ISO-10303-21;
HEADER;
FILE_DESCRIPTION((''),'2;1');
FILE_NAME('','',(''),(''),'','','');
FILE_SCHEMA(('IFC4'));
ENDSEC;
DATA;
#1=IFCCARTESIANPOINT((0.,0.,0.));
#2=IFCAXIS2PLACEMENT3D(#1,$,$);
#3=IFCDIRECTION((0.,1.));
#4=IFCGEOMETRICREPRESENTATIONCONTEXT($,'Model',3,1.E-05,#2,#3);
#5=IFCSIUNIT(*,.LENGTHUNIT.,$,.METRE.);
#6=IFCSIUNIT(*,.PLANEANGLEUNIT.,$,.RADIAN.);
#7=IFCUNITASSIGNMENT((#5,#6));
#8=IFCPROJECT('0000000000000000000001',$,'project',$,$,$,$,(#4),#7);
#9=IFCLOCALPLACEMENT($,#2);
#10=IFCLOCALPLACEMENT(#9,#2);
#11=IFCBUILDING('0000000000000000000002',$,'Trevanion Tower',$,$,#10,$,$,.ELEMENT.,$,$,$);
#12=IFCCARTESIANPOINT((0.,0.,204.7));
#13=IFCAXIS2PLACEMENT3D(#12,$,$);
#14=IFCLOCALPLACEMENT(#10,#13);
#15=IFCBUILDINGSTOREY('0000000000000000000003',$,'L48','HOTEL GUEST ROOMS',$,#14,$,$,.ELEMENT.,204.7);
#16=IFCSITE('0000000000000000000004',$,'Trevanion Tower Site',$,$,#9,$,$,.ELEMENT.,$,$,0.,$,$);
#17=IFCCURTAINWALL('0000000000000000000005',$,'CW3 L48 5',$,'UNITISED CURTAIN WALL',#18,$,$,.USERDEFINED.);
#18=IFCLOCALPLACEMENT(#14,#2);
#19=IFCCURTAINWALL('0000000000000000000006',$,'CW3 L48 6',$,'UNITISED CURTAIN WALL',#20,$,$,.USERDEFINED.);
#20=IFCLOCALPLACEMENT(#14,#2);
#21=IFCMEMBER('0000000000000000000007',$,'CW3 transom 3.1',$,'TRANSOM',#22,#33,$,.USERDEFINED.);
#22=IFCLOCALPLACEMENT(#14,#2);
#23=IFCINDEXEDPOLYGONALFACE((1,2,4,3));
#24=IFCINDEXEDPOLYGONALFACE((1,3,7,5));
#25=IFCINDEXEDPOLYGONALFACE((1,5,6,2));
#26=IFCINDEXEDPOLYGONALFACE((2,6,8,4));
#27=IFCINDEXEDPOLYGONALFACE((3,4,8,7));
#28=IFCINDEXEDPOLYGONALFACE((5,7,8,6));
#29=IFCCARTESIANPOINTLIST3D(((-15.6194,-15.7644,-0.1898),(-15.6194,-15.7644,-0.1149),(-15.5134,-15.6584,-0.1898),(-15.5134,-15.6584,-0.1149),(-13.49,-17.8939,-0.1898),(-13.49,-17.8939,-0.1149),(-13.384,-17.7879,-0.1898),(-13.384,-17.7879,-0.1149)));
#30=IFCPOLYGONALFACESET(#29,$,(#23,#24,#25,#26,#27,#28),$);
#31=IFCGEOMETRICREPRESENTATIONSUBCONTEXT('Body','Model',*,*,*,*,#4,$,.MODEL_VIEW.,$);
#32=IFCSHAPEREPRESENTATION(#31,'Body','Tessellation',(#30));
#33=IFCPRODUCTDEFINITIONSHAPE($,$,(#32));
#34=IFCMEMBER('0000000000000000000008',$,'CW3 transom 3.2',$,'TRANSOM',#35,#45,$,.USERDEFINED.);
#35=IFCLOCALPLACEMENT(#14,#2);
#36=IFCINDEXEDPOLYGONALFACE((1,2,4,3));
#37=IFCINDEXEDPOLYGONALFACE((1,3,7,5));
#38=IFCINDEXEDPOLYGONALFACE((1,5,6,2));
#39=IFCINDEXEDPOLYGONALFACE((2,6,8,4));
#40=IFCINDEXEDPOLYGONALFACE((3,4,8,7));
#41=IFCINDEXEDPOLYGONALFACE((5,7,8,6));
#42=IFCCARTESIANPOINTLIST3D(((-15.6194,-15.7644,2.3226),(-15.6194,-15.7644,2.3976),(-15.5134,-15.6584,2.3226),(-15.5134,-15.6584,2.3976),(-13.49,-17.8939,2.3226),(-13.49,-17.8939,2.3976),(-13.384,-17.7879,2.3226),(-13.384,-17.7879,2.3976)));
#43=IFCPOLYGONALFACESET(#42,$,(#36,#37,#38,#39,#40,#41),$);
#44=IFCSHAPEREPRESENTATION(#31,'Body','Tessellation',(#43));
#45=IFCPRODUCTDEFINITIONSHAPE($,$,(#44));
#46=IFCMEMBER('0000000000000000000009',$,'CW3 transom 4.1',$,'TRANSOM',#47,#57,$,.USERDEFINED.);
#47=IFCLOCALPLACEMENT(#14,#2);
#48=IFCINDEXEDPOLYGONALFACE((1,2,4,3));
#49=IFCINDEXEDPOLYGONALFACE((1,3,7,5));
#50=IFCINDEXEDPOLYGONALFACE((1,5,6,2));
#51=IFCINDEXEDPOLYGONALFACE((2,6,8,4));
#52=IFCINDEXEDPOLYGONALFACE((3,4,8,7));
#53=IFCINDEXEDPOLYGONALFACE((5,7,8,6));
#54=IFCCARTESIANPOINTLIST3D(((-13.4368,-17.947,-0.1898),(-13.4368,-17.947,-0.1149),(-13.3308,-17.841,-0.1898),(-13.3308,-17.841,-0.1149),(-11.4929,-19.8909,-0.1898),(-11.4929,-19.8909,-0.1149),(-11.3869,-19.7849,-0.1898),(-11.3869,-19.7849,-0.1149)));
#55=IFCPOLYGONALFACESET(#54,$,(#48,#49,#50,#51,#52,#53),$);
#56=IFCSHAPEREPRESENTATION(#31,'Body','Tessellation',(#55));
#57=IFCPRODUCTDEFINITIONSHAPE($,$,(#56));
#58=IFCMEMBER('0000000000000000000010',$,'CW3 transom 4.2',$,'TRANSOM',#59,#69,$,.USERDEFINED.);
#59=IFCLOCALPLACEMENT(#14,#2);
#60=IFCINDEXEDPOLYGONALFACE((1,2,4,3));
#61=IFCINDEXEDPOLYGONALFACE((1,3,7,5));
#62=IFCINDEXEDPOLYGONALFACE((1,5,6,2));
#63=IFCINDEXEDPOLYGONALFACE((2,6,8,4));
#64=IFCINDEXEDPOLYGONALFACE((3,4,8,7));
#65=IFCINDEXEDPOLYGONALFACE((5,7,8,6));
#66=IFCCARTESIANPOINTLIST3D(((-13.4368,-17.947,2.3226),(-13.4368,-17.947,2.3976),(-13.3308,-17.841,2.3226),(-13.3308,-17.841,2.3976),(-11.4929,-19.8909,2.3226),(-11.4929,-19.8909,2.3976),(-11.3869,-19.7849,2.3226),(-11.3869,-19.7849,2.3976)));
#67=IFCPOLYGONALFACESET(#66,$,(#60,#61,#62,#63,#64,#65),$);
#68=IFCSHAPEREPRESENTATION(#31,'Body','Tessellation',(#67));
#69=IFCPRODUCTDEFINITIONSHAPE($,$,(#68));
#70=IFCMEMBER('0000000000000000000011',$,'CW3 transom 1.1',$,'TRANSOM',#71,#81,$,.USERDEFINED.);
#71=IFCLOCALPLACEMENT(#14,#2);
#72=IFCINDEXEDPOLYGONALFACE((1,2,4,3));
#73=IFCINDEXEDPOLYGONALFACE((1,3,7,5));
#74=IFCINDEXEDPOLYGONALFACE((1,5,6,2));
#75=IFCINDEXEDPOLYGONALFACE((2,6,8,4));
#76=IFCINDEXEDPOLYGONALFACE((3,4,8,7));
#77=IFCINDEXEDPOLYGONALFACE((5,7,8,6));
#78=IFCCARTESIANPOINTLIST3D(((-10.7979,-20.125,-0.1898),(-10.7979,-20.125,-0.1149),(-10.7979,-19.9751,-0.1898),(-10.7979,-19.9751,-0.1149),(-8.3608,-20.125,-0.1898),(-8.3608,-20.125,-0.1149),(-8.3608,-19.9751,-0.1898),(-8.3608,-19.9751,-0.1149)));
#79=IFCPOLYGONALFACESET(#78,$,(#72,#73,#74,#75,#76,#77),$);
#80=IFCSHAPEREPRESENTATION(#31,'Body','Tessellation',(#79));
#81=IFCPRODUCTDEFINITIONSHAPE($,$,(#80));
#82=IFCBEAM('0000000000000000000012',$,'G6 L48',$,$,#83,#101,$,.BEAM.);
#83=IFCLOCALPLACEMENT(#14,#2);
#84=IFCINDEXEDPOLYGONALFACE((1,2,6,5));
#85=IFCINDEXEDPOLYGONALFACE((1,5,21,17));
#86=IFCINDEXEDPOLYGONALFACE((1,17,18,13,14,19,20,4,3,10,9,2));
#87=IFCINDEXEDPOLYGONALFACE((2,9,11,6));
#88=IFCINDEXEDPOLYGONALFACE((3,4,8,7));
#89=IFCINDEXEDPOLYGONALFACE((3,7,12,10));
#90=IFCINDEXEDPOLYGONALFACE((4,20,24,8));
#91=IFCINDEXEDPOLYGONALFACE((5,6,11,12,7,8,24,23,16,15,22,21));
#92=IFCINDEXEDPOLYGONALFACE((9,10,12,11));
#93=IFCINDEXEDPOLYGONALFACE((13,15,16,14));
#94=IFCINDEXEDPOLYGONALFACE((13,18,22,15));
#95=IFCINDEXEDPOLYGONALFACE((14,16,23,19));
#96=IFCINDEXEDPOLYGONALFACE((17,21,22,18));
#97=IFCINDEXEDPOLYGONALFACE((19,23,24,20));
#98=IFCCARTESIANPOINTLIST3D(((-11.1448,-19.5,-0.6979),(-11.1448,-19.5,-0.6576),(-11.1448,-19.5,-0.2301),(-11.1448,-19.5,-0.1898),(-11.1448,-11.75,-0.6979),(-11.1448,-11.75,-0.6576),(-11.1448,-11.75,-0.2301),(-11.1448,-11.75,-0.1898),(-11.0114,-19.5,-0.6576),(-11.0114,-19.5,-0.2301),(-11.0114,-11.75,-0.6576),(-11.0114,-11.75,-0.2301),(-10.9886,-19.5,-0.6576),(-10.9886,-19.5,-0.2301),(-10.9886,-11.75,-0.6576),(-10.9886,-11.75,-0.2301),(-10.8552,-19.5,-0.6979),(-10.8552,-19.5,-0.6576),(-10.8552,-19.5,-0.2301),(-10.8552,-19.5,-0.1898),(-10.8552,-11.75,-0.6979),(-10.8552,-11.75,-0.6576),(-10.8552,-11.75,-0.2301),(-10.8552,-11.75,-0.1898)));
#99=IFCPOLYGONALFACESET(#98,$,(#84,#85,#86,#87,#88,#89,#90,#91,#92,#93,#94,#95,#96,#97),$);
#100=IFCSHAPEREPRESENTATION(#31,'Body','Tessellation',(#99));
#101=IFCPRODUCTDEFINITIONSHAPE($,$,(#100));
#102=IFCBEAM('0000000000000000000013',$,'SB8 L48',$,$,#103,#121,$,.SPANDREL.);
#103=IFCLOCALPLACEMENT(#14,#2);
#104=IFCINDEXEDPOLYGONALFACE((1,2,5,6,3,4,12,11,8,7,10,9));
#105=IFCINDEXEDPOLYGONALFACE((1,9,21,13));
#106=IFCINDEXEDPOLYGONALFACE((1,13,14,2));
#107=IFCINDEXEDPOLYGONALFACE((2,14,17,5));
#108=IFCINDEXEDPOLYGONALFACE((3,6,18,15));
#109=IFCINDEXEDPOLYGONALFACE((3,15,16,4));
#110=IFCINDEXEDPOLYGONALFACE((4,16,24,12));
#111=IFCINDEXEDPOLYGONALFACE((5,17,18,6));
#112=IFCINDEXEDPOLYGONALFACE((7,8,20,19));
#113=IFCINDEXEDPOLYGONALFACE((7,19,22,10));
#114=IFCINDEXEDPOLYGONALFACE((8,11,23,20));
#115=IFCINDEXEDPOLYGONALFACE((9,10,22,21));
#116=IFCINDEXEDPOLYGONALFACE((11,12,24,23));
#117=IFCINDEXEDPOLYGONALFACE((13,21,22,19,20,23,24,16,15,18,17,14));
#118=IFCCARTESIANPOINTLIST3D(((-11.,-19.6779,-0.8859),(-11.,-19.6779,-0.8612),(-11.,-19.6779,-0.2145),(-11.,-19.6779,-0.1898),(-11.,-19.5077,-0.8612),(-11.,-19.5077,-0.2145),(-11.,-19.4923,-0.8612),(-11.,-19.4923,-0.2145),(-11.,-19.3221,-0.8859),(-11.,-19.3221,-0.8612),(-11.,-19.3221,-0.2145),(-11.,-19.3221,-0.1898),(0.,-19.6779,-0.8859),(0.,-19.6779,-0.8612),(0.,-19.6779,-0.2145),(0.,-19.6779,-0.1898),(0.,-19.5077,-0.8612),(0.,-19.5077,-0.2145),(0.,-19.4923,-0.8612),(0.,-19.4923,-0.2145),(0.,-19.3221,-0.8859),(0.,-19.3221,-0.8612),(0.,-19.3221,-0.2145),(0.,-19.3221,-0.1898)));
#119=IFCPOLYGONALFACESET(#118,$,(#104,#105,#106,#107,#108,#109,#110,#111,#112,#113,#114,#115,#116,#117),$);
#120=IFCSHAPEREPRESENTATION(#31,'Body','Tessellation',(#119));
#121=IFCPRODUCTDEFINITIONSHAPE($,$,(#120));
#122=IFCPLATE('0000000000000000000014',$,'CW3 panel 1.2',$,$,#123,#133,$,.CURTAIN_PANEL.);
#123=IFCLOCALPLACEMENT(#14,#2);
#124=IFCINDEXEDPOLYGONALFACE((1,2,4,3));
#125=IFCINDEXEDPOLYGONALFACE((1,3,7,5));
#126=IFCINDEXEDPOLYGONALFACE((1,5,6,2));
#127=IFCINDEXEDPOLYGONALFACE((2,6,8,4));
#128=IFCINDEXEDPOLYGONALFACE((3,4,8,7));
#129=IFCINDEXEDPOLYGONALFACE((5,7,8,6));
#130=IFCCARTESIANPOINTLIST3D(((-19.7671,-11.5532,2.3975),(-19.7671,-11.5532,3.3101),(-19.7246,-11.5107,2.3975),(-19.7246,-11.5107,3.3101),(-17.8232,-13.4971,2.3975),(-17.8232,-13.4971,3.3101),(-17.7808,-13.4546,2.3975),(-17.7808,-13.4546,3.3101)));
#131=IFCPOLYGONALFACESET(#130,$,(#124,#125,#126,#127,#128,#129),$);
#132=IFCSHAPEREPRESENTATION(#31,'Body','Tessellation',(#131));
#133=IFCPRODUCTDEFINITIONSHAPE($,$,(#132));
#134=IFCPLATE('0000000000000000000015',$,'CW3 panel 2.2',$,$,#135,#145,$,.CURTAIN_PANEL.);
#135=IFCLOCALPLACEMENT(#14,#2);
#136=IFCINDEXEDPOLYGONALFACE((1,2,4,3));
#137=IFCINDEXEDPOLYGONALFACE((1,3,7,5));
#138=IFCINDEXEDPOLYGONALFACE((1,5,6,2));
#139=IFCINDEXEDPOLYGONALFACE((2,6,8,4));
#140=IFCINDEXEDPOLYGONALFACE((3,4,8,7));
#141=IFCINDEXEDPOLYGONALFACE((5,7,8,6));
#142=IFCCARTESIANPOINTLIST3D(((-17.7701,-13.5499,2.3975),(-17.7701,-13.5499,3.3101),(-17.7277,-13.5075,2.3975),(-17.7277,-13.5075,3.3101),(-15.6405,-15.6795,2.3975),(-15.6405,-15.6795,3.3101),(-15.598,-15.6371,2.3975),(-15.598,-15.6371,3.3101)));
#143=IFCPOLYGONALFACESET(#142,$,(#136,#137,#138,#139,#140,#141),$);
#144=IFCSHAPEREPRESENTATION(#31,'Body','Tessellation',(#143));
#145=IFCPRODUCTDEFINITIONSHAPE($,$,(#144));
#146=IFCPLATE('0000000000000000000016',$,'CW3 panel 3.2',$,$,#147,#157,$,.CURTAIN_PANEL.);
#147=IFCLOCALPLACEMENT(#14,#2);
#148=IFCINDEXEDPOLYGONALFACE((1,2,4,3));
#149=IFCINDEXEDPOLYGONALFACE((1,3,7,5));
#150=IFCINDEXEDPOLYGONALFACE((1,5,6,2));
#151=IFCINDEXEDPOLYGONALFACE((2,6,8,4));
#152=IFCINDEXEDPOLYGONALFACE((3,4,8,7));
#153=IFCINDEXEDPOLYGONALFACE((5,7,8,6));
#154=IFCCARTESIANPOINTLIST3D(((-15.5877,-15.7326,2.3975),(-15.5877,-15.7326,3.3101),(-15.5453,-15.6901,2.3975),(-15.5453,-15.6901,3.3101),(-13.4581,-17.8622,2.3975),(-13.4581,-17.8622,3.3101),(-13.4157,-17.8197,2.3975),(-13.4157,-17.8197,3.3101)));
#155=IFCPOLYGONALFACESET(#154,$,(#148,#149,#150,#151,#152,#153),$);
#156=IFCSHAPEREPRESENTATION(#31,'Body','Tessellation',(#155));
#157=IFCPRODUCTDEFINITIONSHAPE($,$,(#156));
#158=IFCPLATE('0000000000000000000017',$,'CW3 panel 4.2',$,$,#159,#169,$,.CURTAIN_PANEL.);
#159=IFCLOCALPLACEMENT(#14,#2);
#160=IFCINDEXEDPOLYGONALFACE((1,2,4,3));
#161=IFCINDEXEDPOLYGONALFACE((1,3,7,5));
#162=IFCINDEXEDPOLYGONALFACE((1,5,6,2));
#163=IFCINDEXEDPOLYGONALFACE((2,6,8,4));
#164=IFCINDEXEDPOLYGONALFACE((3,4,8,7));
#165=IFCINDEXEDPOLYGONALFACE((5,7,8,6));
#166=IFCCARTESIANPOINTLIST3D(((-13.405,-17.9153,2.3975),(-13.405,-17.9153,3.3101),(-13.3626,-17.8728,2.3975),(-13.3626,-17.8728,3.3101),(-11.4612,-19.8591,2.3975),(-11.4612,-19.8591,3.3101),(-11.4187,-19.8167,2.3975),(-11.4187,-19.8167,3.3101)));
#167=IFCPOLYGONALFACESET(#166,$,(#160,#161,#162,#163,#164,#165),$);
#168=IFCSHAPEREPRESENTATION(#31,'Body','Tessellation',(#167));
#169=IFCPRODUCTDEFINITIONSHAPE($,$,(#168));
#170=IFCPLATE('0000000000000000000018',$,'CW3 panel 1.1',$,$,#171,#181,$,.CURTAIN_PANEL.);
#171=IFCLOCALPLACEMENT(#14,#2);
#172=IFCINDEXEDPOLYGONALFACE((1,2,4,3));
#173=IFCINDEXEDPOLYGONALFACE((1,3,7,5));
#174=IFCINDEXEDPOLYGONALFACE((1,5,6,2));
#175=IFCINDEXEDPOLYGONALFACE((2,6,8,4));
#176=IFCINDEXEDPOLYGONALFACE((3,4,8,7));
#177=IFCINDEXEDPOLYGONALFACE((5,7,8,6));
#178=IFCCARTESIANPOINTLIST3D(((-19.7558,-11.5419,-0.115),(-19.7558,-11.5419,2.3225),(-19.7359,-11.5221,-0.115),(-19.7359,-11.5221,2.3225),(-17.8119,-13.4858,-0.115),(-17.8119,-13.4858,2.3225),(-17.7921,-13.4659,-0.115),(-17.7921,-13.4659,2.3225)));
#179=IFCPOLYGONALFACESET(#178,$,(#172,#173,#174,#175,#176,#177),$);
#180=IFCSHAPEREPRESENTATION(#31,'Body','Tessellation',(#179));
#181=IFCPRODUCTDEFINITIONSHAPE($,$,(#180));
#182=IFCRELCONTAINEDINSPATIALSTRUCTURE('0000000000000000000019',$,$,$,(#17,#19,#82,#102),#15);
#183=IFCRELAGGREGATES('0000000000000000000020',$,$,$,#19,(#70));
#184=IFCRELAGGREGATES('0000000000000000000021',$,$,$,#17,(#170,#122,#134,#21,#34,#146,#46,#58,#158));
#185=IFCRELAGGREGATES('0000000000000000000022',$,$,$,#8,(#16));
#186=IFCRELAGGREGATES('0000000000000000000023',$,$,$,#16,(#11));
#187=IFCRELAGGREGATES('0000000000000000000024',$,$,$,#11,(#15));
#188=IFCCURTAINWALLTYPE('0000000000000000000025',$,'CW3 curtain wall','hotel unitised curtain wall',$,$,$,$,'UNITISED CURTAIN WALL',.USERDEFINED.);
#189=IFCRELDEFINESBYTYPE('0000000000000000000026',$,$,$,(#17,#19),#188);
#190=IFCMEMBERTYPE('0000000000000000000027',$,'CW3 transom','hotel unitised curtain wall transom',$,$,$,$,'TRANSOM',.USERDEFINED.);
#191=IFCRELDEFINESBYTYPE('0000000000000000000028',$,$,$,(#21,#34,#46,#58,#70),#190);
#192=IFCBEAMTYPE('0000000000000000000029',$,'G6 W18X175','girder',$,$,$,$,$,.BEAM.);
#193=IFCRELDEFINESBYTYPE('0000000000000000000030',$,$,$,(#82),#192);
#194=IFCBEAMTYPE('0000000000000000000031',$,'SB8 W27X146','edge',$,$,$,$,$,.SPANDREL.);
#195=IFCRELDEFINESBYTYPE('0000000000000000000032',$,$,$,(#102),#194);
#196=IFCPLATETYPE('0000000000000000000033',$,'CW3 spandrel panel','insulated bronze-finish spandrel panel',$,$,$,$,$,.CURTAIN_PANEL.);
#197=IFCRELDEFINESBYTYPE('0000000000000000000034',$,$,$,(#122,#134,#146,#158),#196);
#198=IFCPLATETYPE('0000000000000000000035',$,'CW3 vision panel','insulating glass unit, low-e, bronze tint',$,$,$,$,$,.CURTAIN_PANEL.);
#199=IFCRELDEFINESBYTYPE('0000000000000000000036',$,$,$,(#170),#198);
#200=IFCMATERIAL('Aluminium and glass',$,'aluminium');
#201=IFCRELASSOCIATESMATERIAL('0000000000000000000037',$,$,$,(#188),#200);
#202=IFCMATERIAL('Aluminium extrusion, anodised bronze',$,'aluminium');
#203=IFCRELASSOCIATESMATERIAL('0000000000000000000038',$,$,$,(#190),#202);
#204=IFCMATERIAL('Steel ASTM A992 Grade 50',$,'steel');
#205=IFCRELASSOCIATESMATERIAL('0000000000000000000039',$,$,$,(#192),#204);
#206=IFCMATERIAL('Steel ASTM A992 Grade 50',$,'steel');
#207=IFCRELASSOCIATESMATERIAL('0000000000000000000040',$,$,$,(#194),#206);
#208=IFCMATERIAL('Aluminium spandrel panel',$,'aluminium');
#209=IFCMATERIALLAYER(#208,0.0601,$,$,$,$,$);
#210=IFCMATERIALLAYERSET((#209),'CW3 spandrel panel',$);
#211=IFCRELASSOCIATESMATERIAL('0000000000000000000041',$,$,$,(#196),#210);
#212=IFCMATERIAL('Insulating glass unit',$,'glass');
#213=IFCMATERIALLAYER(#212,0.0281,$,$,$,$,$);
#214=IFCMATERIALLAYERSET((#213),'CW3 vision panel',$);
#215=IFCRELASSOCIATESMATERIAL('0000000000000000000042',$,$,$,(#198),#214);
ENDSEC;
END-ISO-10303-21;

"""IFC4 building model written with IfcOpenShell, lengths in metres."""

from ifc_helpers import new_model, si_unit, direction, frame, origin, origin_2d, place, context, subcontext, project, spatial, rectangle, i_section, extrude, material, layer, layer_set, material_profile, profile_set, type_object, element, aggregate, save


model = new_model("IFC4")

# Units and contexts
model_context = context("Model", 3, precision=1e-05, world=origin(), true_north=direction((0.0, 1.0)))
body_context = subcontext(model_context, "Body", "Model", "MODEL_VIEW")
ifc_project = project(units=[si_unit("LENGTHUNIT", "METRE"), si_unit("PLANEANGLEUNIT", "RADIAN")], contexts=[model_context])

# Site, building, storey
site_placement = place(None, origin())
site = spatial("IfcSite", under=ifc_project, at=site_placement, Name="Trevanion Tower Site", CompositionType="ELEMENT", RefElevation=0.0)
building_placement = place(site_placement, origin())
building = spatial("IfcBuilding", under=site, at=building_placement, Name="Trevanion Tower", CompositionType="ELEMENT")
storey_placement = place(building_placement, frame((0.0, 0.0, 204.7)))
storey = spatial("IfcBuildingStorey", under=building, at=storey_placement, Name="L48", Description="HOTEL GUEST ROOMS", CompositionType="ELEMENT", Elevation=204.7)

# Curtain wall
ifc_material_1 = material(Name="Aluminium and glass", Category="aluminium")
curtain_wall_type = type_object("IfcCurtainWallType", Name="CW3 curtain wall", Description="hotel unitised curtain wall", ElementType="UNITISED CURTAIN WALL", PredefinedType="USERDEFINED", material=ifc_material_1)
curtain_wall_1_placement = place(storey_placement, origin())
curtain_wall_1 = element("IfcCurtainWall", 1, at=curtain_wall_1_placement, inside=storey, type_object=curtain_wall_type, Name="CW3 L48 5", ObjectType="UNITISED CURTAIN WALL", PredefinedType="USERDEFINED")

# Curtain wall
curtain_wall_2_placement = place(storey_placement, origin())
curtain_wall_2 = element("IfcCurtainWall", 2, at=curtain_wall_2_placement, inside=storey, type_object=curtain_wall_type, Name="CW3 L48 6", ObjectType="UNITISED CURTAIN WALL", PredefinedType="USERDEFINED")

# Members
ifc_material_2 = material(Name="Aluminium extrusion, anodised bronze", Category="aluminium")
ifc_material_profile_1 = material_profile(ifc_material_2, rectangle(XDim=0.1499, YDim=0.075, at=origin_2d()), Name="CW3 transom")
ifc_profile_set_1 = profile_set([ifc_material_profile_1], Name="Aluminium extrusion, anodised bronze")
member_type_1 = type_object("IfcMemberType", Name="CW3 transom", Description="hotel unitised curtain wall transom", ElementType="TRANSOM", PredefinedType="USERDEFINED", material=ifc_profile_set_1)
member_1_placement = place(storey_placement, frame((-15.5664, -15.7114, -0.1523), z_axis=(0.707107, -0.707107, 0.0), x_axis=(0.707107, 0.707107, 0.0)))
member_1 = element("IfcMember", 3, at=member_1_placement, type_object=member_type_1, Name="CW3 transom 3.1", ObjectType="TRANSOM", PredefinedType="USERDEFINED", context=body_context, shape_type="SweptSolid", body=[
    extrude(rectangle(XDim=0.1499, YDim=0.075, at=origin_2d()), origin(), (0.0, 0.0, 1.0), 3.0115),
])
member_2_placement = place(storey_placement, frame((-15.5664, -15.7114, 2.3601), z_axis=(0.707107, -0.707107, 0.0), x_axis=(0.707107, 0.707107, 0.0)))
member_2 = element("IfcMember", 4, at=member_2_placement, type_object=member_type_1, Name="CW3 transom 3.2", ObjectType="TRANSOM", PredefinedType="USERDEFINED", context=body_context, shape_type="SweptSolid", body=[
    extrude(rectangle(XDim=0.1499, YDim=0.075, at=origin_2d()), origin(), (0.0, 0.0, 1.0), 3.0115),
])
member_3_placement = place(storey_placement, frame((-13.3838, -17.894, -0.1523), z_axis=(0.707107, -0.707107, 0.0), x_axis=(0.707107, 0.707107, 0.0)))
member_3 = element("IfcMember", 5, at=member_3_placement, type_object=member_type_1, Name="CW3 transom 4.1", ObjectType="TRANSOM", PredefinedType="USERDEFINED", context=body_context, shape_type="SweptSolid", body=[
    extrude(rectangle(XDim=0.1499, YDim=0.075, at=origin_2d()), origin(), (0.0, 0.0, 1.0), 2.749),
])
member_4_placement = place(storey_placement, frame((-13.3838, -17.894, 2.3601), z_axis=(0.707107, -0.707107, 0.0), x_axis=(0.707107, 0.707107, 0.0)))
member_4 = element("IfcMember", 6, at=member_4_placement, type_object=member_type_1, Name="CW3 transom 4.2", ObjectType="TRANSOM", PredefinedType="USERDEFINED", context=body_context, shape_type="SweptSolid", body=[
    extrude(rectangle(XDim=0.1499, YDim=0.075, at=origin_2d()), origin(), (0.0, 0.0, 1.0), 2.749),
])
member_5_placement = place(storey_placement, frame((-10.7979, -20.05, -0.1523), z_axis=(1.0, 0.0, 0.0), x_axis=(0.0, 1.0, 0.0)))
member_5 = element("IfcMember", 7, at=member_5_placement, type_object=member_type_1, Name="CW3 transom 1.1", ObjectType="TRANSOM", PredefinedType="USERDEFINED", context=body_context, shape_type="SweptSolid", body=[
    extrude(rectangle(XDim=0.1499, YDim=0.075, at=origin_2d()), origin(), (0.0, 0.0, 1.0), 2.437),
])
aggregate(curtain_wall_2, [member_5])

# Beams
ifc_material_3 = material(Name="Steel ASTM A992 Grade 50", Category="steel")
ifc_material_profile_2 = material_profile(ifc_material_3, i_section(OverallWidth=0.2896, OverallDepth=0.5081, WebThickness=0.0227, FlangeThickness=0.0403, at=origin_2d()), Name="W18X175")
ifc_profile_set_2 = profile_set([ifc_material_profile_2], Name="Steel ASTM A992 Grade 50")
beam_type_1 = type_object("IfcBeamType", Name="G6 W18X175", Description="girder", PredefinedType="BEAM", material=ifc_profile_set_2)
beam_1_placement = place(storey_placement, frame((-11.0, -11.75, -0.4438), z_axis=(0.0, -1.0, 0.0), x_axis=(1.0, 0.0, 0.0)))
element("IfcBeam", 8, at=beam_1_placement, inside=storey, type_object=beam_type_1, Name="G6 L48", PredefinedType="BEAM", context=body_context, shape_type="SweptSolid", body=[
    extrude(i_section(OverallWidth=0.2896, OverallDepth=0.5081, WebThickness=0.0227, FlangeThickness=0.0403, at=origin_2d()), origin(), (0.0, 0.0, 1.0), 7.75),
])
ifc_material_4 = material(Name="Steel ASTM A992 Grade 50", Category="steel")
ifc_material_profile_3 = material_profile(ifc_material_4, i_section(OverallWidth=0.3557, OverallDepth=0.696, WebThickness=0.0154, FlangeThickness=0.0247, at=origin_2d()), Name="W27X146")
ifc_profile_set_3 = profile_set([ifc_material_profile_3], Name="Steel ASTM A992 Grade 50")
beam_type_2 = type_object("IfcBeamType", Name="SB8 W27X146", Description="edge", PredefinedType="SPANDREL", material=ifc_profile_set_3)
beam_2_placement = place(storey_placement, frame((-11.0, -19.5, -0.5378), z_axis=(1.0, 0.0, 0.0), x_axis=(0.0, 1.0, 0.0)))
element("IfcBeam", 9, at=beam_2_placement, inside=storey, type_object=beam_type_2, Name="SB8 L48", PredefinedType="SPANDREL", context=body_context, shape_type="SweptSolid", body=[
    extrude(i_section(OverallWidth=0.3557, OverallDepth=0.696, WebThickness=0.0154, FlangeThickness=0.0247, at=origin_2d()), origin(), (0.0, 0.0, 1.0), 11.0),
])

# Plates
ifc_material_5 = material(Name="Aluminium spandrel panel", Category="aluminium")
ifc_layer_1 = layer(ifc_material_5, 0.0601)
ifc_layer_set_1 = layer_set([ifc_layer_1], Name="CW3 spandrel panel")
plate_type_1 = type_object("IfcPlateType", Name="CW3 spandrel panel", Description="insulated bronze-finish spandrel panel", PredefinedType="CURTAIN_PANEL", material=ifc_layer_set_1)
plate_1_placement = place(storey_placement, frame((-18.7739, -12.5039, 2.3975), z_axis=(0.0, 0.0, 1.0), x_axis=(0.707107, -0.707107, 0.0)))
plate_1 = element("IfcPlate", 10, at=plate_1_placement, type_object=plate_type_1, Name="CW3 panel 1.2", PredefinedType="CURTAIN_PANEL", context=body_context, shape_type="SweptSolid", body=[
    extrude(rectangle(XDim=2.749, YDim=0.0601, at=origin_2d()), origin(), (0.0, 0.0, 1.0), 0.9126),
])
plate_2_placement = place(storey_placement, frame((-16.6841, -14.5935, 2.3975), z_axis=(0.0, 0.0, 1.0), x_axis=(0.707107, -0.707107, 0.0)))
plate_2 = element("IfcPlate", 11, at=plate_2_placement, type_object=plate_type_1, Name="CW3 panel 2.2", PredefinedType="CURTAIN_PANEL", context=body_context, shape_type="SweptSolid", body=[
    extrude(rectangle(XDim=3.0117, YDim=0.0601, at=origin_2d()), origin(), (0.0, 0.0, 1.0), 0.9126),
])
plate_3_placement = place(storey_placement, frame((-14.5017, -16.7761, 2.3975), z_axis=(0.0, 0.0, 1.0), x_axis=(0.707107, -0.707107, 0.0)))
plate_3 = element("IfcPlate", 12, at=plate_3_placement, type_object=plate_type_1, Name="CW3 panel 3.2", PredefinedType="CURTAIN_PANEL", context=body_context, shape_type="SweptSolid", body=[
    extrude(rectangle(XDim=3.0117, YDim=0.0601, at=origin_2d()), origin(), (0.0, 0.0, 1.0), 0.9126),
])
plate_4_placement = place(storey_placement, frame((-12.4119, -18.866, 2.3975), z_axis=(0.0, 0.0, 1.0), x_axis=(0.707107, -0.707107, 0.0)))
plate_4 = element("IfcPlate", 13, at=plate_4_placement, type_object=plate_type_1, Name="CW3 panel 4.2", PredefinedType="CURTAIN_PANEL", context=body_context, shape_type="SweptSolid", body=[
    extrude(rectangle(XDim=2.749, YDim=0.0601, at=origin_2d()), origin(), (0.0, 0.0, 1.0), 0.9126),
])
ifc_material_6 = material(Name="Insulating glass unit", Category="glass")
ifc_layer_2 = layer(ifc_material_6, 0.0281)
ifc_layer_set_2 = layer_set([ifc_layer_2], Name="CW3 vision panel")
plate_type_2 = type_object("IfcPlateType", Name="CW3 vision panel", Description="insulating glass unit, low-e, bronze tint", PredefinedType="CURTAIN_PANEL", material=ifc_layer_set_2)
plate_5_placement = place(storey_placement, frame((-18.7739, -12.5039, -0.115), z_axis=(0.0, 0.0, 1.0), x_axis=(0.707107, -0.707107, 0.0)))
plate_5 = element("IfcPlate", 14, at=plate_5_placement, type_object=plate_type_2, Name="CW3 panel 1.1", PredefinedType="CURTAIN_PANEL", context=body_context, shape_type="SweptSolid", body=[
    extrude(rectangle(XDim=2.749, YDim=0.0281, at=origin_2d()), origin(), (0.0, 0.0, 1.0), 2.4375),
])
aggregate(curtain_wall_1, [plate_5, plate_1, plate_2, member_1, member_2, plate_3, member_3, member_4, plate_4])

save(model, "model.ifc")
